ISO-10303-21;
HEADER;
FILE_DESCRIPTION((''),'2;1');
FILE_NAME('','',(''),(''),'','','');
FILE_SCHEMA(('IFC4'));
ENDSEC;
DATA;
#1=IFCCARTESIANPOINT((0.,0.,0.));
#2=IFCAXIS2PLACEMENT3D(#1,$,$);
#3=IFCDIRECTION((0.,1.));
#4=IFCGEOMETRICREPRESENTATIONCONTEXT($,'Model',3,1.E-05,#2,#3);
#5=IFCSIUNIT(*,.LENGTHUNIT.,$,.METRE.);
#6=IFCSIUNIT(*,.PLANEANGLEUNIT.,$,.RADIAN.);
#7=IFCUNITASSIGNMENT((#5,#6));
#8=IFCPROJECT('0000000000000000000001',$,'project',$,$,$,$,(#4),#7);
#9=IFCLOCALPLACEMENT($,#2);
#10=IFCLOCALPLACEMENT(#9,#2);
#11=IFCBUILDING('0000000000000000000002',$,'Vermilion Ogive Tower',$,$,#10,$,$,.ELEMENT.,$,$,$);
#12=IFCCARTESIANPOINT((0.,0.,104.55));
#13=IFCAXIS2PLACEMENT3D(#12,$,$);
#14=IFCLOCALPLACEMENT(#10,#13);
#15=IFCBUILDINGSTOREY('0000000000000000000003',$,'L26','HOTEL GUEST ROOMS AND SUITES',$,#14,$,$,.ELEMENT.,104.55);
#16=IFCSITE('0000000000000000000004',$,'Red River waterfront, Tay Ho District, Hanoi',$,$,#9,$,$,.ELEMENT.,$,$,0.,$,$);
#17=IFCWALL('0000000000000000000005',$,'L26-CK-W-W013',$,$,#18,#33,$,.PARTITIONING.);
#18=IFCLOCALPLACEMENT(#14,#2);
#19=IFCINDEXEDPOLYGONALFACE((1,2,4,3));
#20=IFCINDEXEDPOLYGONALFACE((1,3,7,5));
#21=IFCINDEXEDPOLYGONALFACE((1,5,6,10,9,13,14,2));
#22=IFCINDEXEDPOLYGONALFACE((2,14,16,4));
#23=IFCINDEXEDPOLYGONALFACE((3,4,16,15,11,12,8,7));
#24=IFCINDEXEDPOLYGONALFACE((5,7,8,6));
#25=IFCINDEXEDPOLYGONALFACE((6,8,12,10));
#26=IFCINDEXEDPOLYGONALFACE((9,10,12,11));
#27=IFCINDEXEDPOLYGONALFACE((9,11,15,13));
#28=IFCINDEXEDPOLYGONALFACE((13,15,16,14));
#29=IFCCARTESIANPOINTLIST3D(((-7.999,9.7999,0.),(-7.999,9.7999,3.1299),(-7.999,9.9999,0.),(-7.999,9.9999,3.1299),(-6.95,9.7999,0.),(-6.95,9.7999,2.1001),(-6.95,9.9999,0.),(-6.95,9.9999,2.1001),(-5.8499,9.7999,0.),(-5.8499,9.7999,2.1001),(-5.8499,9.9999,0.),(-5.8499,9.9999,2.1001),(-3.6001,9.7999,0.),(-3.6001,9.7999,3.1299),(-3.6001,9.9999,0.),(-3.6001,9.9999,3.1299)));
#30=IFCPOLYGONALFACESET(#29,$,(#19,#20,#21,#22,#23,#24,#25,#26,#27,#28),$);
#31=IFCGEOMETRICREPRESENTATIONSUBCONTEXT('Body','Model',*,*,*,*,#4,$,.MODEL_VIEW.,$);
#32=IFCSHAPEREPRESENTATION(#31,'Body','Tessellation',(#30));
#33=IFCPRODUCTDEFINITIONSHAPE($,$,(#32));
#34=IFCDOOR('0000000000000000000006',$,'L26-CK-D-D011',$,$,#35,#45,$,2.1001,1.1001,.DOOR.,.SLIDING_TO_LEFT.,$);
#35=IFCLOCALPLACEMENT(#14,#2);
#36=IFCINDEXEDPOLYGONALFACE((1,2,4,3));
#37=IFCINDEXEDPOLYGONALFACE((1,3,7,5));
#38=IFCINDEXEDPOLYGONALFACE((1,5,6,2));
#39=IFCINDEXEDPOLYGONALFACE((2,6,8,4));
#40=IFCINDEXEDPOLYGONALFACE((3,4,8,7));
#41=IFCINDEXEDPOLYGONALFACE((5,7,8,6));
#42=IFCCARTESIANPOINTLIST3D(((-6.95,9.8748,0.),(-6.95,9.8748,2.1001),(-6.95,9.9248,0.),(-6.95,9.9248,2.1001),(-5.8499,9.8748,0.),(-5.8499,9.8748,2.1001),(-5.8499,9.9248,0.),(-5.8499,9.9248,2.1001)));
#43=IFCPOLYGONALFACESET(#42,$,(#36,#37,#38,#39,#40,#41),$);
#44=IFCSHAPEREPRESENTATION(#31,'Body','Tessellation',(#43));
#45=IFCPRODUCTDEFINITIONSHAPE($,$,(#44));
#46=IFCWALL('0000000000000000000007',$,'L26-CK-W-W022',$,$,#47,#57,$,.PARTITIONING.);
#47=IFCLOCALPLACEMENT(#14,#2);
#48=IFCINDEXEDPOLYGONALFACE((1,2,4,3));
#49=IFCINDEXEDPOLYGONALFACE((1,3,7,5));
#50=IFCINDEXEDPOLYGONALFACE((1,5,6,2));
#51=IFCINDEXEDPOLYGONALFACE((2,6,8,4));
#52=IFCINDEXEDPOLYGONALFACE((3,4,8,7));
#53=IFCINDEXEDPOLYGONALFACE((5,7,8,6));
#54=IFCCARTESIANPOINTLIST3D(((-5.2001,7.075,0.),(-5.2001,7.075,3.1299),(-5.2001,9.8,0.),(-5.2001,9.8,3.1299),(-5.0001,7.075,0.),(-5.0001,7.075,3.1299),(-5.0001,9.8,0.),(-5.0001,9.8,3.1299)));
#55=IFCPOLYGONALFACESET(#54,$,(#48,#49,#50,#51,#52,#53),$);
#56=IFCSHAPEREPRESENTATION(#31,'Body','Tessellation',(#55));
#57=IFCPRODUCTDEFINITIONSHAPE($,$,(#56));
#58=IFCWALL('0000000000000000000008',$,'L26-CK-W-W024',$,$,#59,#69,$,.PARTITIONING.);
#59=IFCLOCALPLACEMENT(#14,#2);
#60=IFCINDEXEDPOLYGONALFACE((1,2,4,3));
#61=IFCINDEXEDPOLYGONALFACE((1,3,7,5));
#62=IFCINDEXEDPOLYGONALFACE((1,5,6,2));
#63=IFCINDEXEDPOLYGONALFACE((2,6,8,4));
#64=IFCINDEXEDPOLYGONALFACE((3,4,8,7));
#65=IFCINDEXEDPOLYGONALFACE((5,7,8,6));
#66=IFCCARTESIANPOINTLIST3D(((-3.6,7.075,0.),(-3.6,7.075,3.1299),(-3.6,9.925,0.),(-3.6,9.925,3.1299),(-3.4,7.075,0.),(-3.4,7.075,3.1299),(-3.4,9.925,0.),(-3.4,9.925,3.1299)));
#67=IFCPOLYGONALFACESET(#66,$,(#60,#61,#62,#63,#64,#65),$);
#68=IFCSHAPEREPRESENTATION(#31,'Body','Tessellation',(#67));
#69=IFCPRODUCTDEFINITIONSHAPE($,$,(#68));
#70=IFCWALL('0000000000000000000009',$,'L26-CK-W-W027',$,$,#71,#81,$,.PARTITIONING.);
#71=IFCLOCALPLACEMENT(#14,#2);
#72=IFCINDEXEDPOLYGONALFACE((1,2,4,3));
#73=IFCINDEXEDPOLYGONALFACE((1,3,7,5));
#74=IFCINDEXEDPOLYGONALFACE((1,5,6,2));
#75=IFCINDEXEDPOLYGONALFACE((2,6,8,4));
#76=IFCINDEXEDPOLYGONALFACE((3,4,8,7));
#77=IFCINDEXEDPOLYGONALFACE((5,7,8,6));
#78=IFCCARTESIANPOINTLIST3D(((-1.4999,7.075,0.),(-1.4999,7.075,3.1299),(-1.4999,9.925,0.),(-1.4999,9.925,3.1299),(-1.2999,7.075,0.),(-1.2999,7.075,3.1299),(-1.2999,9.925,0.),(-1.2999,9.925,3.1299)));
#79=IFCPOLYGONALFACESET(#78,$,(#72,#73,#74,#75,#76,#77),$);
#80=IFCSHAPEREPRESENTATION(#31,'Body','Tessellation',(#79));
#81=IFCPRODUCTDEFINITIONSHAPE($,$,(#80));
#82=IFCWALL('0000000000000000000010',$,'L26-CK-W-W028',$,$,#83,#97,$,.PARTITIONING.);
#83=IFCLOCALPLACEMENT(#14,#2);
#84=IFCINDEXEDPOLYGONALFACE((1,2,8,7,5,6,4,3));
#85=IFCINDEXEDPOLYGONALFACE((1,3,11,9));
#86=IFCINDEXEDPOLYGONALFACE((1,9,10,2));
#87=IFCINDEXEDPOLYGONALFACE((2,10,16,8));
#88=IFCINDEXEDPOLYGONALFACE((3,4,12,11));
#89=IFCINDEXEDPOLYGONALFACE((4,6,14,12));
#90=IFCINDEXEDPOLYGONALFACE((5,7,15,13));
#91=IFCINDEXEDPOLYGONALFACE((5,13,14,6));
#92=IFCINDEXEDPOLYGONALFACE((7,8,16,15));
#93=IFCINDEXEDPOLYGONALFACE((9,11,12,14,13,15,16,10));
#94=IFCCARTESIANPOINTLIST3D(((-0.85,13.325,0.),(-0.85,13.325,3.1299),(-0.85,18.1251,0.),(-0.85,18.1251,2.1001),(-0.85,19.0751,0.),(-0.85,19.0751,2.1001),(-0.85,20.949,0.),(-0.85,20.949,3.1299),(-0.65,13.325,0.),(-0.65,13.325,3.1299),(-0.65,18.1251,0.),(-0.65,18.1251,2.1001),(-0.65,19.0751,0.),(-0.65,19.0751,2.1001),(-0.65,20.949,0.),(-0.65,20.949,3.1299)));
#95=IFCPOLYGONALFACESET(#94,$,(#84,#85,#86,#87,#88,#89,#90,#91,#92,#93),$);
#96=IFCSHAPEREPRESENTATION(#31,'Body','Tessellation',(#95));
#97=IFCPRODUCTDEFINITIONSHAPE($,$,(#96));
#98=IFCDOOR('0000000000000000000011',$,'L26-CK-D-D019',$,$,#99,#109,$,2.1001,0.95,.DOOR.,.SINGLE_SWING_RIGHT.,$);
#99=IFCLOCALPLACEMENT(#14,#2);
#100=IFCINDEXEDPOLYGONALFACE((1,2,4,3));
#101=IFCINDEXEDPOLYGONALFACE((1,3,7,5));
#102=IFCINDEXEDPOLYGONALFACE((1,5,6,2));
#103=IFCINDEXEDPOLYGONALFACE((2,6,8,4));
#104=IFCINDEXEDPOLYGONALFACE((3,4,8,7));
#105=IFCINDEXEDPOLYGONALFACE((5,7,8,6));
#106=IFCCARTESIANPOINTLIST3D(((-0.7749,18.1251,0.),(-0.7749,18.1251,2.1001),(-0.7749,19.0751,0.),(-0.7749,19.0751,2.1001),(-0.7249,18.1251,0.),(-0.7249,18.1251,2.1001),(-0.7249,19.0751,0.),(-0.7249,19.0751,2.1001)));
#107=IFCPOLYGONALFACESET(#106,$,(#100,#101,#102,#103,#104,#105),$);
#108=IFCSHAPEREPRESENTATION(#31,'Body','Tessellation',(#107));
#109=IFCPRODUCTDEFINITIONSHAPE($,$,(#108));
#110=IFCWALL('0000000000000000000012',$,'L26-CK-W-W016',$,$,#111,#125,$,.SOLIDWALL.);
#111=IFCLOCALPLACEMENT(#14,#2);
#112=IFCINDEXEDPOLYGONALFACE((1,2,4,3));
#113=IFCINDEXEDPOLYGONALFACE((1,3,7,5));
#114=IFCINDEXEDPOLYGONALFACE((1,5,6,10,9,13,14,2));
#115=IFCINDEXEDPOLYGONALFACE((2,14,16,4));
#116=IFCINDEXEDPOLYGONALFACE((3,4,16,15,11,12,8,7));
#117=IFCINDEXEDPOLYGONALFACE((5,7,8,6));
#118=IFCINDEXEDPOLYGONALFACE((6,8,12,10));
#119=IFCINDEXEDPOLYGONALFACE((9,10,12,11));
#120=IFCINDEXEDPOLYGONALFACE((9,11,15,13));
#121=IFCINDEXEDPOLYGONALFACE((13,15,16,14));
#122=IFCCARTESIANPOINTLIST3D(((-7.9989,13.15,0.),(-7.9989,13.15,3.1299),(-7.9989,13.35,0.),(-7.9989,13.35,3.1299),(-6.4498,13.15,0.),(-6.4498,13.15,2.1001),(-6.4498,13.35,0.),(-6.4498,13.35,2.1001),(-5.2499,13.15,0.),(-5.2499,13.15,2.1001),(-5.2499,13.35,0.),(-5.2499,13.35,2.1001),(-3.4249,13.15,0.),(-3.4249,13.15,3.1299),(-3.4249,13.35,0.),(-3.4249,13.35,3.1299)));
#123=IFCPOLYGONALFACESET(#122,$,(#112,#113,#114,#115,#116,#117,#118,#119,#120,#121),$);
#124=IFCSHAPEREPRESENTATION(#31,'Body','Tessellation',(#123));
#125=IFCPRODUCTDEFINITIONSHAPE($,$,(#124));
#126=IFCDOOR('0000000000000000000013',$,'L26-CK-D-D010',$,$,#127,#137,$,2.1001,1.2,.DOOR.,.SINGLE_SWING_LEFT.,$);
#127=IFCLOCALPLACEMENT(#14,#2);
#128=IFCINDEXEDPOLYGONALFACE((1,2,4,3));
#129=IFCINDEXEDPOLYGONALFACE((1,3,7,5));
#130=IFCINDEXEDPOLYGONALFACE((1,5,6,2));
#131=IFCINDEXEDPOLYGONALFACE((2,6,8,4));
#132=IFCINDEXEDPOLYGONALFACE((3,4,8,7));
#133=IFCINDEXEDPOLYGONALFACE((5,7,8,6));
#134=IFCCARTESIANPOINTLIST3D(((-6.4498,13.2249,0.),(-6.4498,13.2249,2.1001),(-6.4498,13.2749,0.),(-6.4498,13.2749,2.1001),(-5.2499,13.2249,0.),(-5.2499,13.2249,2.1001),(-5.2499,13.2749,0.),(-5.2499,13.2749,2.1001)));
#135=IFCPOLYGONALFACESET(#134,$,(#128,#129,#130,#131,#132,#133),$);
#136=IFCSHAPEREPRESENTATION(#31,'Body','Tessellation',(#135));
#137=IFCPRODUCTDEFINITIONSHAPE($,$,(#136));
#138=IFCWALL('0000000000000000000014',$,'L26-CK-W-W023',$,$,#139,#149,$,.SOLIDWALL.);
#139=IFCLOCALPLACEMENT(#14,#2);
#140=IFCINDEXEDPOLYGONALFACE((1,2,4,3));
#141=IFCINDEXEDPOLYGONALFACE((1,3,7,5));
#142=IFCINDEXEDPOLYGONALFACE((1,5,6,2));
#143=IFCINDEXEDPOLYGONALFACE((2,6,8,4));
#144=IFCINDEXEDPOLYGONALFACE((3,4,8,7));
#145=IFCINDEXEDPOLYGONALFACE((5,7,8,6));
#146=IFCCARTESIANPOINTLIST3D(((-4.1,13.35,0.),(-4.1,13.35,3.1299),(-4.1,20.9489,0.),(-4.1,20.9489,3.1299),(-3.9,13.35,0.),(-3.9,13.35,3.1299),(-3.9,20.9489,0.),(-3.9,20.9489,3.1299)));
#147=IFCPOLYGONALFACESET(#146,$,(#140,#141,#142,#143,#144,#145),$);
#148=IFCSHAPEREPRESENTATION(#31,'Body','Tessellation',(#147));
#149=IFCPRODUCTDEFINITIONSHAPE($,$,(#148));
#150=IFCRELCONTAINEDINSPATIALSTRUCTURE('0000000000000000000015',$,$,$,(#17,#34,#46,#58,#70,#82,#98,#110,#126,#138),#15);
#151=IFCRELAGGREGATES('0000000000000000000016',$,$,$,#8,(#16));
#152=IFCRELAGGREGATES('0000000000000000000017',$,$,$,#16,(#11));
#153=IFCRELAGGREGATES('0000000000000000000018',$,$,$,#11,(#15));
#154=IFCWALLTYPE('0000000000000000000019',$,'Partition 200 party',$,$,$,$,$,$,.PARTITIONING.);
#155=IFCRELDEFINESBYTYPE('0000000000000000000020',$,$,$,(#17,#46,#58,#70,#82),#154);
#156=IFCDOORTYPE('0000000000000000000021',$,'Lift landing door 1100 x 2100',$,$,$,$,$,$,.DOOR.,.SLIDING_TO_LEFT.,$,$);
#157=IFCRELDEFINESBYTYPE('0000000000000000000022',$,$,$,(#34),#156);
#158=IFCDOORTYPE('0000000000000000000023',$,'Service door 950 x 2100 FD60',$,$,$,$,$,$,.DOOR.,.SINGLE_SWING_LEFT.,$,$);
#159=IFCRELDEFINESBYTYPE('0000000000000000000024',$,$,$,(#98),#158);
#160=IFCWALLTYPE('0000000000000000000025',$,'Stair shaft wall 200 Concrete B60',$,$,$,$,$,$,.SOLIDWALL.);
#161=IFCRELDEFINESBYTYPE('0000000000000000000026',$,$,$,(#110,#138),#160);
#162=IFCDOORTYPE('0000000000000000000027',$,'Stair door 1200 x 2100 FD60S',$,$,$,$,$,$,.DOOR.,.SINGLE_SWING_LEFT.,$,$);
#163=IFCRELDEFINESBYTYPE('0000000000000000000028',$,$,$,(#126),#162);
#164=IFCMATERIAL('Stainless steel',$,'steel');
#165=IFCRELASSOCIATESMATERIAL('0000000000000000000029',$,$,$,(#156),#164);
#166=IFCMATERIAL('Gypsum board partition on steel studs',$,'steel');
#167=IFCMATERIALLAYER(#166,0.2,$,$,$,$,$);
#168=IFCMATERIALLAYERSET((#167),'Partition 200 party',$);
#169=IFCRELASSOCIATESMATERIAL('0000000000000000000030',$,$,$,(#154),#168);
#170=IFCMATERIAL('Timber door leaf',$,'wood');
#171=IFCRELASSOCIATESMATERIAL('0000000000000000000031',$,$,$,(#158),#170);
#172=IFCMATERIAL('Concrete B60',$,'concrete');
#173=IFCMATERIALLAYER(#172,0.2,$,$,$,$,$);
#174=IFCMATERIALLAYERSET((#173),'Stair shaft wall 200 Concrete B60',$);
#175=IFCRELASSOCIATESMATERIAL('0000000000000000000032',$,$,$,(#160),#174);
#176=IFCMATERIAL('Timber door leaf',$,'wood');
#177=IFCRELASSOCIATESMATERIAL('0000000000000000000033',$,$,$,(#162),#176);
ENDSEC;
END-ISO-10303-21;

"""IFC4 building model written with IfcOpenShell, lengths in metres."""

from ifc_helpers import new_model, si_unit, direction, frame, frame_2d, origin, place, context, subcontext, project, spatial, rectangle, extrude, material, layer, layer_set, type_object, element, fill, save


model = new_model("IFC4")

# Units and contexts
model_context = context("Model", 3, precision=1e-05, world=origin(), true_north=direction((0.0, 1.0)))
body_context = subcontext(model_context, "Body", "Model", "MODEL_VIEW")
ifc_project = project(units=[si_unit("LENGTHUNIT", "METRE"), si_unit("PLANEANGLEUNIT", "RADIAN")], contexts=[model_context])

# Site, building, storey
site_placement = place(None, origin())
site = spatial("IfcSite", under=ifc_project, at=site_placement, Name="Red River waterfront, Tay Ho District, Hanoi", CompositionType="ELEMENT", RefElevation=0.0)
building_placement = place(site_placement, origin())
building = spatial("IfcBuilding", under=site, at=building_placement, Name="Vermilion Ogive Tower", CompositionType="ELEMENT")
storey_placement = place(building_placement, frame((0.0, 0.0, 104.55)))
storey = spatial("IfcBuildingStorey", under=building, at=storey_placement, Name="L26", Description="HOTEL GUEST ROOMS AND SUITES", CompositionType="ELEMENT", Elevation=104.55)

# Shared definitions
ifc_material_1 = material(Name="Stainless steel", Category="steel")
door_type_1 = type_object("IfcDoorType", Name="Lift landing door 1100 x 2100", OperationType="SLIDING_TO_LEFT", PredefinedType="DOOR", material=ifc_material_1)

# Shared definitions
ifc_material_2 = material(Name="Gypsum board partition on steel studs", Category="steel")
ifc_layer_1 = layer(ifc_material_2, 0.2)
ifc_layer_set_1 = layer_set([ifc_layer_1], Name="Partition 200 party")
wall_type_1 = type_object("IfcWallType", Name="Partition 200 party", PredefinedType="PARTITIONING", material=ifc_layer_set_1)

# Wall, opening, door
wall_1_placement = place(storey_placement, frame((-7.999, 9.8999, 0.0), z_axis=(0.0, 0.0, 1.0), x_axis=(1.0, 0.0, 0.0)))
wall_1 = element("IfcWall", 1, at=wall_1_placement, inside=storey, type_object=wall_type_1, Name="L26-CK-W-W013", PredefinedType="PARTITIONING", context=body_context, shape_type="SweptSolid", body=[
    extrude(rectangle(XDim=4.3989, YDim=0.2, at=frame_2d((2.1995, 0.0))), origin(), (0.0, 0.0, 1.0), 3.1299),
])
opening_1_placement = place(wall_1_placement, frame((1.0491, 0.0, 0.0)))
opening_1 = element("IfcOpeningElement", 2, at=opening_1_placement, cuts=wall_1, PredefinedType="OPENING", context=body_context, shape_type="SweptSolid", body=[
    extrude(rectangle(XDim=1.1001, YDim=2.1001, at=frame_2d((0.55, 1.05))), frame((0.0, 0.1099, 0.0), z_axis=(0.0, -1.0, 0.0), x_axis=(1.0, 0.0, 0.0)), (0.0, 0.0, 1.0), 0.22),
])
door_1_placement = place(opening_1_placement, origin())
door_1 = element("IfcDoor", 3, at=door_1_placement, inside=storey, type_object=door_type_1, Name="L26-CK-D-D011", OperationType="SLIDING_TO_LEFT", OverallHeight=2.1001, OverallWidth=1.1001, PredefinedType="DOOR", context=body_context, shape_type="SweptSolid", body=[
    extrude(rectangle(XDim=1.1001, YDim=2.1001, at=frame_2d((0.55, 1.05))), frame((0.0, 0.0249, 0.0), z_axis=(0.0, -1.0, 0.0), x_axis=(1.0, 0.0, 0.0)), (0.0, 0.0, 1.0), 0.05),
])
fill(opening_1, door_1)

# Walls
wall_2_placement = place(storey_placement, frame((-5.1001, 7.075, 0.0), z_axis=(0.0, 0.0, 1.0), x_axis=(0.0, 1.0, 0.0)))
element("IfcWall", 4, at=wall_2_placement, inside=storey, type_object=wall_type_1, Name="L26-CK-W-W022", PredefinedType="PARTITIONING", context=body_context, shape_type="SweptSolid", body=[
    extrude(rectangle(XDim=2.7251, YDim=0.2, at=frame_2d((1.3625, 0.0))), origin(), (0.0, 0.0, 1.0), 3.1299),
])
for number, where, z_axis, x_axis, name in (
    (5, (-3.5, 7.075, 0.0), (0.0, 0.0, 1.0), (0.0, 1.0, 0.0), "L26-CK-W-W024"),
    (6, (-1.3999, 7.075, 0.0), (0.0, 0.0, 1.0), (0.0, 1.0, 0.0), "L26-CK-W-W027"),
):
    element("IfcWall", number, at=place(storey_placement, frame(where, z_axis=z_axis, x_axis=x_axis)), inside=storey, type_object=wall_type_1, Name=name, PredefinedType="PARTITIONING", context=body_context, shape_type="SweptSolid", body=[
        extrude(rectangle(XDim=2.8501, YDim=0.2, at=frame_2d((1.425, 0.0))), origin(), (0.0, 0.0, 1.0), 3.1299),
    ])

# Walls, openings, doors
wall_3_placement = place(storey_placement, frame((-0.75, 13.325, 0.0), z_axis=(0.0, 0.0, 1.0), x_axis=(0.0, 1.0, 0.0)))
wall_3 = element("IfcWall", 7, at=wall_3_placement, inside=storey, type_object=wall_type_1, Name="L26-CK-W-W028", PredefinedType="PARTITIONING", context=body_context, shape_type="SweptSolid", body=[
    extrude(rectangle(XDim=7.624, YDim=0.2, at=frame_2d((3.812, 0.0))), origin(), (0.0, 0.0, 1.0), 3.1299),
])
opening_2_placement = place(wall_3_placement, frame((4.8, 0.0, 0.0)))
opening_2 = element("IfcOpeningElement", 8, at=opening_2_placement, cuts=wall_3, PredefinedType="OPENING", context=body_context, shape_type="SweptSolid", body=[
    extrude(rectangle(XDim=0.95, YDim=2.1001, at=frame_2d((0.4751, 1.05))), frame((0.0, 0.1099, 0.0), z_axis=(0.0, -1.0, 0.0), x_axis=(1.0, 0.0, 0.0)), (0.0, 0.0, 1.0), 0.22),
])
ifc_material_3 = material(Name="Timber door leaf", Category="wood")
door_type_2 = type_object("IfcDoorType", Name="Service door 950 x 2100 FD60", OperationType="SINGLE_SWING_LEFT", PredefinedType="DOOR", material=ifc_material_3)
door_2_placement = place(opening_2_placement, origin())
door_2 = element("IfcDoor", 9, at=door_2_placement, inside=storey, type_object=door_type_2, Name="L26-CK-D-D019", OperationType="SINGLE_SWING_RIGHT", OverallHeight=2.1001, OverallWidth=0.95, PredefinedType="DOOR", context=body_context, shape_type="SweptSolid", body=[
    extrude(rectangle(XDim=0.95, YDim=2.1001, at=frame_2d((0.4751, 1.05))), frame((0.0, 0.0249, 0.0), z_axis=(0.0, -1.0, 0.0), x_axis=(1.0, 0.0, 0.0)), (0.0, 0.0, 1.0), 0.05),
])
fill(opening_2, door_2)
ifc_material_4 = material(Name="Concrete B60", Category="concrete")
ifc_layer_2 = layer(ifc_material_4, 0.2)
ifc_layer_set_2 = layer_set([ifc_layer_2], Name="Stair shaft wall 200 Concrete B60")
wall_type_2 = type_object("IfcWallType", Name="Stair shaft wall 200 Concrete B60", PredefinedType="SOLIDWALL", material=ifc_layer_set_2)
wall_4_placement = place(storey_placement, frame((-7.999, 13.25, 0.0), z_axis=(0.0, 0.0, 1.0), x_axis=(1.0, 0.0, 0.0)))
wall_4 = element("IfcWall", 10, at=wall_4_placement, inside=storey, type_object=wall_type_2, Name="L26-CK-W-W016", PredefinedType="SOLIDWALL", context=body_context, shape_type="SweptSolid", body=[
    extrude(rectangle(XDim=4.574, YDim=0.2, at=frame_2d((2.2871, 0.0))), origin(), (0.0, 0.0, 1.0), 3.1299),
])
opening_3_placement = place(wall_4_placement, frame((1.5491, 0.0, 0.0)))
opening_3 = element("IfcOpeningElement", 11, at=opening_3_placement, cuts=wall_4, PredefinedType="OPENING", context=body_context, shape_type="SweptSolid", body=[
    extrude(rectangle(XDim=1.2, YDim=2.1001, at=frame_2d((0.6001, 1.05))), frame((0.0, 0.1099, 0.0), z_axis=(0.0, -1.0, 0.0), x_axis=(1.0, 0.0, 0.0)), (0.0, 0.0, 1.0), 0.22),
])
ifc_material_5 = material(Name="Timber door leaf", Category="wood")
door_type_3 = type_object("IfcDoorType", Name="Stair door 1200 x 2100 FD60S", OperationType="SINGLE_SWING_LEFT", PredefinedType="DOOR", material=ifc_material_5)
door_3_placement = place(opening_3_placement, origin())
door_3 = element("IfcDoor", 12, at=door_3_placement, inside=storey, type_object=door_type_3, Name="L26-CK-D-D010", OperationType="SINGLE_SWING_LEFT", OverallHeight=2.1001, OverallWidth=1.2, PredefinedType="DOOR", context=body_context, shape_type="SweptSolid", body=[
    extrude(rectangle(XDim=1.2, YDim=2.1001, at=frame_2d((0.6001, 1.05))), frame((0.0, 0.0249, 0.0), z_axis=(0.0, -1.0, 0.0), x_axis=(1.0, 0.0, 0.0)), (0.0, 0.0, 1.0), 0.05),
])
fill(opening_3, door_3)

# Wall
wall_5_placement = place(storey_placement, frame((-4.0, 13.3501, 0.0), z_axis=(0.0, 0.0, 1.0), x_axis=(0.0, 1.0, 0.0)))
element("IfcWall", 13, at=wall_5_placement, inside=storey, type_object=wall_type_2, Name="L26-CK-W-W023", PredefinedType="SOLIDWALL", context=body_context, shape_type="SweptSolid", body=[
    extrude(rectangle(XDim=7.5989, YDim=0.2, at=frame_2d((3.7993, 0.0))), origin(), (0.0, 0.0, 1.0), 3.1299),
])

save(model, "model.ifc")
